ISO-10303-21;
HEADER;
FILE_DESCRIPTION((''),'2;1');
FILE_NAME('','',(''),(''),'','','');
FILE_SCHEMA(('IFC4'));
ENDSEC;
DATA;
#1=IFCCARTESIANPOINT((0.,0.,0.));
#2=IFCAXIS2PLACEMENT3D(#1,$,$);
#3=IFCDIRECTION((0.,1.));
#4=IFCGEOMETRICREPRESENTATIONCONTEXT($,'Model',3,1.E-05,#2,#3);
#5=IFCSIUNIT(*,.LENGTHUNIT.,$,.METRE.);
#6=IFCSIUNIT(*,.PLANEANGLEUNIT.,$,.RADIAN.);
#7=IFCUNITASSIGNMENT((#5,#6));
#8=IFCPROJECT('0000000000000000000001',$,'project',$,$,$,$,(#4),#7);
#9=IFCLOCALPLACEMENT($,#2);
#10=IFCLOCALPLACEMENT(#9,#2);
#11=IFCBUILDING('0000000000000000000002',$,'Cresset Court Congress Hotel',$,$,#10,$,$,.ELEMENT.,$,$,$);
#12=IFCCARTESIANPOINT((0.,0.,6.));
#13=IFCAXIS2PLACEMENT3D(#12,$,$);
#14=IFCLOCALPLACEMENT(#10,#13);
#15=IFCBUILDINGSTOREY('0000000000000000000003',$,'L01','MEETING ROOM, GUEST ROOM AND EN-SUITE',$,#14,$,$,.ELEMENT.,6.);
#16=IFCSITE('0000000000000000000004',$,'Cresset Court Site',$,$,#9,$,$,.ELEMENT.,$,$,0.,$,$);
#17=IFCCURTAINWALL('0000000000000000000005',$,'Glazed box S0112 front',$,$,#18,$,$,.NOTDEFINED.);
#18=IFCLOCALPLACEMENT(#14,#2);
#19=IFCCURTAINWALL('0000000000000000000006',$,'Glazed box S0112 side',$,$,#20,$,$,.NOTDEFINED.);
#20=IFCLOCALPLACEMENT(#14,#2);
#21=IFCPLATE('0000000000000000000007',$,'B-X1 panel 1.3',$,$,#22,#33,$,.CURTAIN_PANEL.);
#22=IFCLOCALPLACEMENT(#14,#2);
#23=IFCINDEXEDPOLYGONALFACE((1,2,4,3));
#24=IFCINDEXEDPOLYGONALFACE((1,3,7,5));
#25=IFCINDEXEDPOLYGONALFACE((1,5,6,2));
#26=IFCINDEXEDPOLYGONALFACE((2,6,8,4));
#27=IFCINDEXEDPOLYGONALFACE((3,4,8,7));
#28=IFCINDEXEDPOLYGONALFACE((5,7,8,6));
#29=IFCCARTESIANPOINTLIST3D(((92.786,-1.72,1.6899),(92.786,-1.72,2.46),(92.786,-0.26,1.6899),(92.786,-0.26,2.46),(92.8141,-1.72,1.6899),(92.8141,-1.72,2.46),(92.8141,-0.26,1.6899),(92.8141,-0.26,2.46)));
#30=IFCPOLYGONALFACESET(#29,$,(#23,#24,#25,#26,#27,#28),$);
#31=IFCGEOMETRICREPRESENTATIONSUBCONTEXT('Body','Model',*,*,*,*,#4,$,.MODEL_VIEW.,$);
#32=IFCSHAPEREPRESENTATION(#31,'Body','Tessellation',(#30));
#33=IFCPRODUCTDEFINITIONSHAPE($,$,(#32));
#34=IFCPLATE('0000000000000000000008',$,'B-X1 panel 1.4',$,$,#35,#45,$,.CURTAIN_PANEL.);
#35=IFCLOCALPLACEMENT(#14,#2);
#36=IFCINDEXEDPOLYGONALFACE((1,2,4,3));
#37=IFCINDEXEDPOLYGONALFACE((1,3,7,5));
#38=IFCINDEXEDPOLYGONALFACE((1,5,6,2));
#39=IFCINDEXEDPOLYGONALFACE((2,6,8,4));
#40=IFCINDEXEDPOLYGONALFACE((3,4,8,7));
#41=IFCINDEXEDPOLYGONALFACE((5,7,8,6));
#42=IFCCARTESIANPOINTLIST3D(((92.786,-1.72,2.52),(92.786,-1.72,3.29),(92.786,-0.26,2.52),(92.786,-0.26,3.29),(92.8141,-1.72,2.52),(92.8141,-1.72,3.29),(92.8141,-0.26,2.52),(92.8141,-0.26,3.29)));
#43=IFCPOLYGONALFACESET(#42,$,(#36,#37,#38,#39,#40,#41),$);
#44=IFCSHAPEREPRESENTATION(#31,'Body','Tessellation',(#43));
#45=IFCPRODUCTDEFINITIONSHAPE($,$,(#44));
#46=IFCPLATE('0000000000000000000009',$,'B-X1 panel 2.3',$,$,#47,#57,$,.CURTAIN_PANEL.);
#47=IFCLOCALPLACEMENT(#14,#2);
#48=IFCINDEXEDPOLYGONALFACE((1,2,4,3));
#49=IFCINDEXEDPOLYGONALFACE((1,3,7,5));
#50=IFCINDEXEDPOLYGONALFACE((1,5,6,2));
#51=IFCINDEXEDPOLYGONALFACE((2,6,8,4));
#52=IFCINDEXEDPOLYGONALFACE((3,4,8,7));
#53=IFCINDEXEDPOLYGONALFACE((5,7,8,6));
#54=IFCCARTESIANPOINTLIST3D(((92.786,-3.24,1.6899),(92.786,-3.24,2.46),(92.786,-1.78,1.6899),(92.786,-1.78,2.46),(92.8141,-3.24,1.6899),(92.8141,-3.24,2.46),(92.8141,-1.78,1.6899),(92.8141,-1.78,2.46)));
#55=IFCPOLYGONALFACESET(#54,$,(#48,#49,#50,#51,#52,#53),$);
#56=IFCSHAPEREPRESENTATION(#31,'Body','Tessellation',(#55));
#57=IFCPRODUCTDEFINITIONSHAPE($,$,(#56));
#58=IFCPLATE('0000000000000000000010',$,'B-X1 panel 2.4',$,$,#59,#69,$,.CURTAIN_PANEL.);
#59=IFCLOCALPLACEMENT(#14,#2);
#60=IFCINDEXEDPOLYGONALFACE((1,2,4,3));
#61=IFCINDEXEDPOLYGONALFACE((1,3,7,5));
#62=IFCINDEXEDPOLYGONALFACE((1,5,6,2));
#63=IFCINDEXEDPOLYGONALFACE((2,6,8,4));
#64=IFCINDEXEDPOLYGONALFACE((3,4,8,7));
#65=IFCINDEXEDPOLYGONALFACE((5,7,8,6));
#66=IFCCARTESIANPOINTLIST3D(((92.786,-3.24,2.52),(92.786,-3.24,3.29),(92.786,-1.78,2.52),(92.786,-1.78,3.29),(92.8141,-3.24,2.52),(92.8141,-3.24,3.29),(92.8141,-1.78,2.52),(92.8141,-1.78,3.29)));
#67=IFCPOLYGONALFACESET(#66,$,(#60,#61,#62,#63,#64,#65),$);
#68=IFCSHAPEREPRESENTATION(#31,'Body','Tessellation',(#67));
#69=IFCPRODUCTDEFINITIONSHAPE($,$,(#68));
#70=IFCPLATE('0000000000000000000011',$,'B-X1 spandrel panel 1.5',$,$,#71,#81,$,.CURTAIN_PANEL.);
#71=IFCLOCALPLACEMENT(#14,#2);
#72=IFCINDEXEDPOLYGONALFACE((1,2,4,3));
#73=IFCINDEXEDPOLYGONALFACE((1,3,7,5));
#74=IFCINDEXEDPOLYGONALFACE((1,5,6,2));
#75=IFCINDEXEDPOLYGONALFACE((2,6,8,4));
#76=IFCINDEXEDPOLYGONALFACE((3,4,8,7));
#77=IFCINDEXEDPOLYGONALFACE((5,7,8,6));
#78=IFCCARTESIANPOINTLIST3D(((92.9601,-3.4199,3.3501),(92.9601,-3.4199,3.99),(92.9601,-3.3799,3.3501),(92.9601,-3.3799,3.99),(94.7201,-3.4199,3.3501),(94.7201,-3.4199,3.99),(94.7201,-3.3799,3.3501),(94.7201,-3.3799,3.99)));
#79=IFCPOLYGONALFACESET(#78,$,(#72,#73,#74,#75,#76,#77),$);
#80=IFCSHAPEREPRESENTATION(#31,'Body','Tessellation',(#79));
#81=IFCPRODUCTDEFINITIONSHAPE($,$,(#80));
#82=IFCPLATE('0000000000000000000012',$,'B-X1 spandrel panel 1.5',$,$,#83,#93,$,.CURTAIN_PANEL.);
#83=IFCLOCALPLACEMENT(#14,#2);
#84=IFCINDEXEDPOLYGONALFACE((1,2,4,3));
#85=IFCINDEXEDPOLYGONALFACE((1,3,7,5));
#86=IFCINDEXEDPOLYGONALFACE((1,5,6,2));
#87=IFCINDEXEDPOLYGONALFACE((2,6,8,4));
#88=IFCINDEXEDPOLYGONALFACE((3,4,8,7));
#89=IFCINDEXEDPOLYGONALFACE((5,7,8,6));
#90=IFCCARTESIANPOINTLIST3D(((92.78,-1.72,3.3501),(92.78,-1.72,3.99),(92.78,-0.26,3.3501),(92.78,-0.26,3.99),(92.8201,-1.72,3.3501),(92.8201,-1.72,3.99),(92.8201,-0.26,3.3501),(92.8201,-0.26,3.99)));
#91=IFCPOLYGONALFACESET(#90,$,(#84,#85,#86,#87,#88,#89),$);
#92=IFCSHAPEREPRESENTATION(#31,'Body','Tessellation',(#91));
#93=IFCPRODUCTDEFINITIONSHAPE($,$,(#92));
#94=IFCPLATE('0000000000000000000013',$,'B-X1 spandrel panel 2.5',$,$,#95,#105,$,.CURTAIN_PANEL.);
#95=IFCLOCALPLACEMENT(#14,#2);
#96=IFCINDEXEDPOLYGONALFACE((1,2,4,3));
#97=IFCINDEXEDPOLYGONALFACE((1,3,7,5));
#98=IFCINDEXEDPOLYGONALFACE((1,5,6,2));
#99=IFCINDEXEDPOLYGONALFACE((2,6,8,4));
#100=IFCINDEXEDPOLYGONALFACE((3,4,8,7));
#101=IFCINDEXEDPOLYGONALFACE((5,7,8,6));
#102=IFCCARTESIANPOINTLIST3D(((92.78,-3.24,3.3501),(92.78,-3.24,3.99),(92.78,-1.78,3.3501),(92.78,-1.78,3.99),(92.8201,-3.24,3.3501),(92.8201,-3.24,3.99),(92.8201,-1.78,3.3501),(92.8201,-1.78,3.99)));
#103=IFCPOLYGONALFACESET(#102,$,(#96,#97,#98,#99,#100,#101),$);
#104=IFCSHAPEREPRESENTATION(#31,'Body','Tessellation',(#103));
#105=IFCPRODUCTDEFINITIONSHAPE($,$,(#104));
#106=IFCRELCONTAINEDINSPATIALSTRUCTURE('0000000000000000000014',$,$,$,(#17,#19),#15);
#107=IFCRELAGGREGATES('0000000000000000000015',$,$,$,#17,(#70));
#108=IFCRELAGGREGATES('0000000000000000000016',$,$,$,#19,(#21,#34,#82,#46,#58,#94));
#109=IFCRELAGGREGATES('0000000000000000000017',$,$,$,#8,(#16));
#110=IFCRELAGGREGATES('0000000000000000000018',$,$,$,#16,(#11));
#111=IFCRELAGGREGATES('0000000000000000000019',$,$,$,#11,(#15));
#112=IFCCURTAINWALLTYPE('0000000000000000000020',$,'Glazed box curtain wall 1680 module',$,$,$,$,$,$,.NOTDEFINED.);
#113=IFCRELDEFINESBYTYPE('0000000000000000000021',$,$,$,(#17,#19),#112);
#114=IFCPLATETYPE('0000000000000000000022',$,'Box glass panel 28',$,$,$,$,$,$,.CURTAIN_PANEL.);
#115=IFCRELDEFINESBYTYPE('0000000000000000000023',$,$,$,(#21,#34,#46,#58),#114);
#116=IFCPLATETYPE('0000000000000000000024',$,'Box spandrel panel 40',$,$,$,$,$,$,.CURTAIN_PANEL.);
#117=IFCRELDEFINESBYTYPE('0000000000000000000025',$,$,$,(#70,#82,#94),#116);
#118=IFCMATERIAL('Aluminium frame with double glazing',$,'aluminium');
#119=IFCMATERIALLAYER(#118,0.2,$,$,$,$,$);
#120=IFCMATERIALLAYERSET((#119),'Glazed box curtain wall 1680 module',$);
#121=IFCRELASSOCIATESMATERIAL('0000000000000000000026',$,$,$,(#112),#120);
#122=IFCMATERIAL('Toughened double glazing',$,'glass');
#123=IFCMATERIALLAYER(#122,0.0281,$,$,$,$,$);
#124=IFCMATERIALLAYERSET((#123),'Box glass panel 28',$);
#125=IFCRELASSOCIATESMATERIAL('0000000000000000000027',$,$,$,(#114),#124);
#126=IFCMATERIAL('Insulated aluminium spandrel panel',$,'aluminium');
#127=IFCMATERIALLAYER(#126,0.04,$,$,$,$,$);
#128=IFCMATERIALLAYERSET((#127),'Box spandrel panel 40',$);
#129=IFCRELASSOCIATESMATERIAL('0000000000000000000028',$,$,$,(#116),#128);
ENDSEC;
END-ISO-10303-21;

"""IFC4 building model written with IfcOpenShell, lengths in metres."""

from ifc_helpers import new_model, si_unit, direction, frame, origin, origin_2d, place, context, subcontext, project, spatial, rectangle, extrude, material, layer, layer_set, type_object, element, aggregate, save


model = new_model("IFC4")

# Units and contexts
model_context = context("Model", 3, precision=1e-05, world=origin(), true_north=direction((0.0, 1.0)))
body_context = subcontext(model_context, "Body", "Model", "MODEL_VIEW")
ifc_project = project(units=[si_unit("LENGTHUNIT", "METRE"), si_unit("PLANEANGLEUNIT", "RADIAN")], contexts=[model_context])

# Site, building, storey
site_placement = place(None, origin())
site = spatial("IfcSite", under=ifc_project, at=site_placement, Name="Cresset Court Site", CompositionType="ELEMENT", RefElevation=0.0)
building_placement = place(site_placement, origin())
building = spatial("IfcBuilding", under=site, at=building_placement, Name="Cresset Court Congress Hotel", CompositionType="ELEMENT")
storey_placement = place(building_placement, frame((0.0, 0.0, 6.0)))
storey = spatial("IfcBuildingStorey", under=building, at=storey_placement, Name="L01", Description="MEETING ROOM, GUEST ROOM AND EN-SUITE", CompositionType="ELEMENT", Elevation=6.0)

# Curtain walls
ifc_material_1 = material(Name="Aluminium frame with double glazing", Category="aluminium")
ifc_layer_1 = layer(ifc_material_1, 0.2)
ifc_layer_set_1 = layer_set([ifc_layer_1], Name="Glazed box curtain wall 1680 module")
curtain_wall_type = type_object("IfcCurtainWallType", Name="Glazed box curtain wall 1680 module", PredefinedType="NOTDEFINED", material=ifc_layer_set_1)
curtain_wall_1_placement = place(storey_placement, origin())
curtain_wall_1 = element("IfcCurtainWall", 1, at=curtain_wall_1_placement, inside=storey, type_object=curtain_wall_type, Name="Glazed box S0112 front", PredefinedType="NOTDEFINED")
curtain_wall_2_placement = place(storey_placement, origin())
curtain_wall_2 = element("IfcCurtainWall", 2, at=curtain_wall_2_placement, inside=storey, type_object=curtain_wall_type, Name="Glazed box S0112 side", PredefinedType="NOTDEFINED")

# Plates
ifc_material_2 = material(Name="Toughened double glazing", Category="glass")
ifc_layer_2 = layer(ifc_material_2, 0.0281)
ifc_layer_set_2 = layer_set([ifc_layer_2], Name="Box glass panel 28")
plate_type_1 = type_object("IfcPlateType", Name="Box glass panel 28", PredefinedType="CURTAIN_PANEL", material=ifc_layer_set_2)
plate_1_placement = place(storey_placement, frame((92.8, -0.99, 1.6899), z_axis=(0.0, 0.0, 1.0), x_axis=(0.0, -1.0, 0.0)))
plate_1 = element("IfcPlate", 3, at=plate_1_placement, type_object=plate_type_1, Name="B-X1 panel 1.3", PredefinedType="CURTAIN_PANEL", context=body_context, shape_type="SweptSolid", body=[
    extrude(rectangle(XDim=1.46, YDim=0.0281, at=origin_2d()), origin(), (0.0, 0.0, 1.0), 0.77),
])
plate_2_placement = place(storey_placement, frame((92.8, -0.99, 2.52), z_axis=(0.0, 0.0, 1.0), x_axis=(0.0, -1.0, 0.0)))
plate_2 = element("IfcPlate", 4, at=plate_2_placement, type_object=plate_type_1, Name="B-X1 panel 1.4", PredefinedType="CURTAIN_PANEL", context=body_context, shape_type="SweptSolid", body=[
    extrude(rectangle(XDim=1.46, YDim=0.0281, at=origin_2d()), origin(), (0.0, 0.0, 1.0), 0.77),
])
plate_3_placement = place(storey_placement, frame((92.8, -2.51, 1.6899), z_axis=(0.0, 0.0, 1.0), x_axis=(0.0, -1.0, 0.0)))
plate_3 = element("IfcPlate", 5, at=plate_3_placement, type_object=plate_type_1, Name="B-X1 panel 2.3", PredefinedType="CURTAIN_PANEL", context=body_context, shape_type="SweptSolid", body=[
    extrude(rectangle(XDim=1.46, YDim=0.0281, at=origin_2d()), origin(), (0.0, 0.0, 1.0), 0.77),
])
plate_4_placement = place(storey_placement, frame((92.8, -2.51, 2.52), z_axis=(0.0, 0.0, 1.0), x_axis=(0.0, -1.0, 0.0)))
plate_4 = element("IfcPlate", 6, at=plate_4_placement, type_object=plate_type_1, Name="B-X1 panel 2.4", PredefinedType="CURTAIN_PANEL", context=body_context, shape_type="SweptSolid", body=[
    extrude(rectangle(XDim=1.46, YDim=0.0281, at=origin_2d()), origin(), (0.0, 0.0, 1.0), 0.77),
])
ifc_material_3 = material(Name="Insulated aluminium spandrel panel", Category="aluminium")
ifc_layer_3 = layer(ifc_material_3, 0.04)
ifc_layer_set_3 = layer_set([ifc_layer_3], Name="Box spandrel panel 40")
plate_type_2 = type_object("IfcPlateType", Name="Box spandrel panel 40", PredefinedType="CURTAIN_PANEL", material=ifc_layer_set_3)
plate_5_placement = place(storey_placement, frame((93.8401, -3.3999, 3.3501), z_axis=(0.0, 0.0, 1.0), x_axis=(1.0, 0.0, 0.0)))
plate_5 = element("IfcPlate", 7, at=plate_5_placement, type_object=plate_type_2, Name="B-X1 spandrel panel 1.5", PredefinedType="CURTAIN_PANEL", context=body_context, shape_type="SweptSolid", body=[
    extrude(rectangle(XDim=1.76, YDim=0.04, at=origin_2d()), origin(), (0.0, 0.0, 1.0), 0.6399),
])
aggregate(curtain_wall_1, [plate_5])
plate_6_placement = place(storey_placement, frame((92.8, -0.99, 3.3501), z_axis=(0.0, 0.0, 1.0), x_axis=(0.0, -1.0, 0.0)))
plate_6 = element("IfcPlate", 8, at=plate_6_placement, type_object=plate_type_2, Name="B-X1 spandrel panel 1.5", PredefinedType="CURTAIN_PANEL", context=body_context, shape_type="SweptSolid", body=[
    extrude(rectangle(XDim=1.46, YDim=0.04, at=origin_2d()), origin(), (0.0, 0.0, 1.0), 0.6399),
])
plate_7_placement = place(storey_placement, frame((92.8, -2.51, 3.3501), z_axis=(0.0, 0.0, 1.0), x_axis=(0.0, -1.0, 0.0)))
plate_7 = element("IfcPlate", 9, at=plate_7_placement, type_object=plate_type_2, Name="B-X1 spandrel panel 2.5", PredefinedType="CURTAIN_PANEL", context=body_context, shape_type="SweptSolid", body=[
    extrude(rectangle(XDim=1.46, YDim=0.04, at=origin_2d()), origin(), (0.0, 0.0, 1.0), 0.6399),
])
aggregate(curtain_wall_2, [plate_1, plate_2, plate_6, plate_3, plate_4, plate_7])

save(model, "model.ifc")
